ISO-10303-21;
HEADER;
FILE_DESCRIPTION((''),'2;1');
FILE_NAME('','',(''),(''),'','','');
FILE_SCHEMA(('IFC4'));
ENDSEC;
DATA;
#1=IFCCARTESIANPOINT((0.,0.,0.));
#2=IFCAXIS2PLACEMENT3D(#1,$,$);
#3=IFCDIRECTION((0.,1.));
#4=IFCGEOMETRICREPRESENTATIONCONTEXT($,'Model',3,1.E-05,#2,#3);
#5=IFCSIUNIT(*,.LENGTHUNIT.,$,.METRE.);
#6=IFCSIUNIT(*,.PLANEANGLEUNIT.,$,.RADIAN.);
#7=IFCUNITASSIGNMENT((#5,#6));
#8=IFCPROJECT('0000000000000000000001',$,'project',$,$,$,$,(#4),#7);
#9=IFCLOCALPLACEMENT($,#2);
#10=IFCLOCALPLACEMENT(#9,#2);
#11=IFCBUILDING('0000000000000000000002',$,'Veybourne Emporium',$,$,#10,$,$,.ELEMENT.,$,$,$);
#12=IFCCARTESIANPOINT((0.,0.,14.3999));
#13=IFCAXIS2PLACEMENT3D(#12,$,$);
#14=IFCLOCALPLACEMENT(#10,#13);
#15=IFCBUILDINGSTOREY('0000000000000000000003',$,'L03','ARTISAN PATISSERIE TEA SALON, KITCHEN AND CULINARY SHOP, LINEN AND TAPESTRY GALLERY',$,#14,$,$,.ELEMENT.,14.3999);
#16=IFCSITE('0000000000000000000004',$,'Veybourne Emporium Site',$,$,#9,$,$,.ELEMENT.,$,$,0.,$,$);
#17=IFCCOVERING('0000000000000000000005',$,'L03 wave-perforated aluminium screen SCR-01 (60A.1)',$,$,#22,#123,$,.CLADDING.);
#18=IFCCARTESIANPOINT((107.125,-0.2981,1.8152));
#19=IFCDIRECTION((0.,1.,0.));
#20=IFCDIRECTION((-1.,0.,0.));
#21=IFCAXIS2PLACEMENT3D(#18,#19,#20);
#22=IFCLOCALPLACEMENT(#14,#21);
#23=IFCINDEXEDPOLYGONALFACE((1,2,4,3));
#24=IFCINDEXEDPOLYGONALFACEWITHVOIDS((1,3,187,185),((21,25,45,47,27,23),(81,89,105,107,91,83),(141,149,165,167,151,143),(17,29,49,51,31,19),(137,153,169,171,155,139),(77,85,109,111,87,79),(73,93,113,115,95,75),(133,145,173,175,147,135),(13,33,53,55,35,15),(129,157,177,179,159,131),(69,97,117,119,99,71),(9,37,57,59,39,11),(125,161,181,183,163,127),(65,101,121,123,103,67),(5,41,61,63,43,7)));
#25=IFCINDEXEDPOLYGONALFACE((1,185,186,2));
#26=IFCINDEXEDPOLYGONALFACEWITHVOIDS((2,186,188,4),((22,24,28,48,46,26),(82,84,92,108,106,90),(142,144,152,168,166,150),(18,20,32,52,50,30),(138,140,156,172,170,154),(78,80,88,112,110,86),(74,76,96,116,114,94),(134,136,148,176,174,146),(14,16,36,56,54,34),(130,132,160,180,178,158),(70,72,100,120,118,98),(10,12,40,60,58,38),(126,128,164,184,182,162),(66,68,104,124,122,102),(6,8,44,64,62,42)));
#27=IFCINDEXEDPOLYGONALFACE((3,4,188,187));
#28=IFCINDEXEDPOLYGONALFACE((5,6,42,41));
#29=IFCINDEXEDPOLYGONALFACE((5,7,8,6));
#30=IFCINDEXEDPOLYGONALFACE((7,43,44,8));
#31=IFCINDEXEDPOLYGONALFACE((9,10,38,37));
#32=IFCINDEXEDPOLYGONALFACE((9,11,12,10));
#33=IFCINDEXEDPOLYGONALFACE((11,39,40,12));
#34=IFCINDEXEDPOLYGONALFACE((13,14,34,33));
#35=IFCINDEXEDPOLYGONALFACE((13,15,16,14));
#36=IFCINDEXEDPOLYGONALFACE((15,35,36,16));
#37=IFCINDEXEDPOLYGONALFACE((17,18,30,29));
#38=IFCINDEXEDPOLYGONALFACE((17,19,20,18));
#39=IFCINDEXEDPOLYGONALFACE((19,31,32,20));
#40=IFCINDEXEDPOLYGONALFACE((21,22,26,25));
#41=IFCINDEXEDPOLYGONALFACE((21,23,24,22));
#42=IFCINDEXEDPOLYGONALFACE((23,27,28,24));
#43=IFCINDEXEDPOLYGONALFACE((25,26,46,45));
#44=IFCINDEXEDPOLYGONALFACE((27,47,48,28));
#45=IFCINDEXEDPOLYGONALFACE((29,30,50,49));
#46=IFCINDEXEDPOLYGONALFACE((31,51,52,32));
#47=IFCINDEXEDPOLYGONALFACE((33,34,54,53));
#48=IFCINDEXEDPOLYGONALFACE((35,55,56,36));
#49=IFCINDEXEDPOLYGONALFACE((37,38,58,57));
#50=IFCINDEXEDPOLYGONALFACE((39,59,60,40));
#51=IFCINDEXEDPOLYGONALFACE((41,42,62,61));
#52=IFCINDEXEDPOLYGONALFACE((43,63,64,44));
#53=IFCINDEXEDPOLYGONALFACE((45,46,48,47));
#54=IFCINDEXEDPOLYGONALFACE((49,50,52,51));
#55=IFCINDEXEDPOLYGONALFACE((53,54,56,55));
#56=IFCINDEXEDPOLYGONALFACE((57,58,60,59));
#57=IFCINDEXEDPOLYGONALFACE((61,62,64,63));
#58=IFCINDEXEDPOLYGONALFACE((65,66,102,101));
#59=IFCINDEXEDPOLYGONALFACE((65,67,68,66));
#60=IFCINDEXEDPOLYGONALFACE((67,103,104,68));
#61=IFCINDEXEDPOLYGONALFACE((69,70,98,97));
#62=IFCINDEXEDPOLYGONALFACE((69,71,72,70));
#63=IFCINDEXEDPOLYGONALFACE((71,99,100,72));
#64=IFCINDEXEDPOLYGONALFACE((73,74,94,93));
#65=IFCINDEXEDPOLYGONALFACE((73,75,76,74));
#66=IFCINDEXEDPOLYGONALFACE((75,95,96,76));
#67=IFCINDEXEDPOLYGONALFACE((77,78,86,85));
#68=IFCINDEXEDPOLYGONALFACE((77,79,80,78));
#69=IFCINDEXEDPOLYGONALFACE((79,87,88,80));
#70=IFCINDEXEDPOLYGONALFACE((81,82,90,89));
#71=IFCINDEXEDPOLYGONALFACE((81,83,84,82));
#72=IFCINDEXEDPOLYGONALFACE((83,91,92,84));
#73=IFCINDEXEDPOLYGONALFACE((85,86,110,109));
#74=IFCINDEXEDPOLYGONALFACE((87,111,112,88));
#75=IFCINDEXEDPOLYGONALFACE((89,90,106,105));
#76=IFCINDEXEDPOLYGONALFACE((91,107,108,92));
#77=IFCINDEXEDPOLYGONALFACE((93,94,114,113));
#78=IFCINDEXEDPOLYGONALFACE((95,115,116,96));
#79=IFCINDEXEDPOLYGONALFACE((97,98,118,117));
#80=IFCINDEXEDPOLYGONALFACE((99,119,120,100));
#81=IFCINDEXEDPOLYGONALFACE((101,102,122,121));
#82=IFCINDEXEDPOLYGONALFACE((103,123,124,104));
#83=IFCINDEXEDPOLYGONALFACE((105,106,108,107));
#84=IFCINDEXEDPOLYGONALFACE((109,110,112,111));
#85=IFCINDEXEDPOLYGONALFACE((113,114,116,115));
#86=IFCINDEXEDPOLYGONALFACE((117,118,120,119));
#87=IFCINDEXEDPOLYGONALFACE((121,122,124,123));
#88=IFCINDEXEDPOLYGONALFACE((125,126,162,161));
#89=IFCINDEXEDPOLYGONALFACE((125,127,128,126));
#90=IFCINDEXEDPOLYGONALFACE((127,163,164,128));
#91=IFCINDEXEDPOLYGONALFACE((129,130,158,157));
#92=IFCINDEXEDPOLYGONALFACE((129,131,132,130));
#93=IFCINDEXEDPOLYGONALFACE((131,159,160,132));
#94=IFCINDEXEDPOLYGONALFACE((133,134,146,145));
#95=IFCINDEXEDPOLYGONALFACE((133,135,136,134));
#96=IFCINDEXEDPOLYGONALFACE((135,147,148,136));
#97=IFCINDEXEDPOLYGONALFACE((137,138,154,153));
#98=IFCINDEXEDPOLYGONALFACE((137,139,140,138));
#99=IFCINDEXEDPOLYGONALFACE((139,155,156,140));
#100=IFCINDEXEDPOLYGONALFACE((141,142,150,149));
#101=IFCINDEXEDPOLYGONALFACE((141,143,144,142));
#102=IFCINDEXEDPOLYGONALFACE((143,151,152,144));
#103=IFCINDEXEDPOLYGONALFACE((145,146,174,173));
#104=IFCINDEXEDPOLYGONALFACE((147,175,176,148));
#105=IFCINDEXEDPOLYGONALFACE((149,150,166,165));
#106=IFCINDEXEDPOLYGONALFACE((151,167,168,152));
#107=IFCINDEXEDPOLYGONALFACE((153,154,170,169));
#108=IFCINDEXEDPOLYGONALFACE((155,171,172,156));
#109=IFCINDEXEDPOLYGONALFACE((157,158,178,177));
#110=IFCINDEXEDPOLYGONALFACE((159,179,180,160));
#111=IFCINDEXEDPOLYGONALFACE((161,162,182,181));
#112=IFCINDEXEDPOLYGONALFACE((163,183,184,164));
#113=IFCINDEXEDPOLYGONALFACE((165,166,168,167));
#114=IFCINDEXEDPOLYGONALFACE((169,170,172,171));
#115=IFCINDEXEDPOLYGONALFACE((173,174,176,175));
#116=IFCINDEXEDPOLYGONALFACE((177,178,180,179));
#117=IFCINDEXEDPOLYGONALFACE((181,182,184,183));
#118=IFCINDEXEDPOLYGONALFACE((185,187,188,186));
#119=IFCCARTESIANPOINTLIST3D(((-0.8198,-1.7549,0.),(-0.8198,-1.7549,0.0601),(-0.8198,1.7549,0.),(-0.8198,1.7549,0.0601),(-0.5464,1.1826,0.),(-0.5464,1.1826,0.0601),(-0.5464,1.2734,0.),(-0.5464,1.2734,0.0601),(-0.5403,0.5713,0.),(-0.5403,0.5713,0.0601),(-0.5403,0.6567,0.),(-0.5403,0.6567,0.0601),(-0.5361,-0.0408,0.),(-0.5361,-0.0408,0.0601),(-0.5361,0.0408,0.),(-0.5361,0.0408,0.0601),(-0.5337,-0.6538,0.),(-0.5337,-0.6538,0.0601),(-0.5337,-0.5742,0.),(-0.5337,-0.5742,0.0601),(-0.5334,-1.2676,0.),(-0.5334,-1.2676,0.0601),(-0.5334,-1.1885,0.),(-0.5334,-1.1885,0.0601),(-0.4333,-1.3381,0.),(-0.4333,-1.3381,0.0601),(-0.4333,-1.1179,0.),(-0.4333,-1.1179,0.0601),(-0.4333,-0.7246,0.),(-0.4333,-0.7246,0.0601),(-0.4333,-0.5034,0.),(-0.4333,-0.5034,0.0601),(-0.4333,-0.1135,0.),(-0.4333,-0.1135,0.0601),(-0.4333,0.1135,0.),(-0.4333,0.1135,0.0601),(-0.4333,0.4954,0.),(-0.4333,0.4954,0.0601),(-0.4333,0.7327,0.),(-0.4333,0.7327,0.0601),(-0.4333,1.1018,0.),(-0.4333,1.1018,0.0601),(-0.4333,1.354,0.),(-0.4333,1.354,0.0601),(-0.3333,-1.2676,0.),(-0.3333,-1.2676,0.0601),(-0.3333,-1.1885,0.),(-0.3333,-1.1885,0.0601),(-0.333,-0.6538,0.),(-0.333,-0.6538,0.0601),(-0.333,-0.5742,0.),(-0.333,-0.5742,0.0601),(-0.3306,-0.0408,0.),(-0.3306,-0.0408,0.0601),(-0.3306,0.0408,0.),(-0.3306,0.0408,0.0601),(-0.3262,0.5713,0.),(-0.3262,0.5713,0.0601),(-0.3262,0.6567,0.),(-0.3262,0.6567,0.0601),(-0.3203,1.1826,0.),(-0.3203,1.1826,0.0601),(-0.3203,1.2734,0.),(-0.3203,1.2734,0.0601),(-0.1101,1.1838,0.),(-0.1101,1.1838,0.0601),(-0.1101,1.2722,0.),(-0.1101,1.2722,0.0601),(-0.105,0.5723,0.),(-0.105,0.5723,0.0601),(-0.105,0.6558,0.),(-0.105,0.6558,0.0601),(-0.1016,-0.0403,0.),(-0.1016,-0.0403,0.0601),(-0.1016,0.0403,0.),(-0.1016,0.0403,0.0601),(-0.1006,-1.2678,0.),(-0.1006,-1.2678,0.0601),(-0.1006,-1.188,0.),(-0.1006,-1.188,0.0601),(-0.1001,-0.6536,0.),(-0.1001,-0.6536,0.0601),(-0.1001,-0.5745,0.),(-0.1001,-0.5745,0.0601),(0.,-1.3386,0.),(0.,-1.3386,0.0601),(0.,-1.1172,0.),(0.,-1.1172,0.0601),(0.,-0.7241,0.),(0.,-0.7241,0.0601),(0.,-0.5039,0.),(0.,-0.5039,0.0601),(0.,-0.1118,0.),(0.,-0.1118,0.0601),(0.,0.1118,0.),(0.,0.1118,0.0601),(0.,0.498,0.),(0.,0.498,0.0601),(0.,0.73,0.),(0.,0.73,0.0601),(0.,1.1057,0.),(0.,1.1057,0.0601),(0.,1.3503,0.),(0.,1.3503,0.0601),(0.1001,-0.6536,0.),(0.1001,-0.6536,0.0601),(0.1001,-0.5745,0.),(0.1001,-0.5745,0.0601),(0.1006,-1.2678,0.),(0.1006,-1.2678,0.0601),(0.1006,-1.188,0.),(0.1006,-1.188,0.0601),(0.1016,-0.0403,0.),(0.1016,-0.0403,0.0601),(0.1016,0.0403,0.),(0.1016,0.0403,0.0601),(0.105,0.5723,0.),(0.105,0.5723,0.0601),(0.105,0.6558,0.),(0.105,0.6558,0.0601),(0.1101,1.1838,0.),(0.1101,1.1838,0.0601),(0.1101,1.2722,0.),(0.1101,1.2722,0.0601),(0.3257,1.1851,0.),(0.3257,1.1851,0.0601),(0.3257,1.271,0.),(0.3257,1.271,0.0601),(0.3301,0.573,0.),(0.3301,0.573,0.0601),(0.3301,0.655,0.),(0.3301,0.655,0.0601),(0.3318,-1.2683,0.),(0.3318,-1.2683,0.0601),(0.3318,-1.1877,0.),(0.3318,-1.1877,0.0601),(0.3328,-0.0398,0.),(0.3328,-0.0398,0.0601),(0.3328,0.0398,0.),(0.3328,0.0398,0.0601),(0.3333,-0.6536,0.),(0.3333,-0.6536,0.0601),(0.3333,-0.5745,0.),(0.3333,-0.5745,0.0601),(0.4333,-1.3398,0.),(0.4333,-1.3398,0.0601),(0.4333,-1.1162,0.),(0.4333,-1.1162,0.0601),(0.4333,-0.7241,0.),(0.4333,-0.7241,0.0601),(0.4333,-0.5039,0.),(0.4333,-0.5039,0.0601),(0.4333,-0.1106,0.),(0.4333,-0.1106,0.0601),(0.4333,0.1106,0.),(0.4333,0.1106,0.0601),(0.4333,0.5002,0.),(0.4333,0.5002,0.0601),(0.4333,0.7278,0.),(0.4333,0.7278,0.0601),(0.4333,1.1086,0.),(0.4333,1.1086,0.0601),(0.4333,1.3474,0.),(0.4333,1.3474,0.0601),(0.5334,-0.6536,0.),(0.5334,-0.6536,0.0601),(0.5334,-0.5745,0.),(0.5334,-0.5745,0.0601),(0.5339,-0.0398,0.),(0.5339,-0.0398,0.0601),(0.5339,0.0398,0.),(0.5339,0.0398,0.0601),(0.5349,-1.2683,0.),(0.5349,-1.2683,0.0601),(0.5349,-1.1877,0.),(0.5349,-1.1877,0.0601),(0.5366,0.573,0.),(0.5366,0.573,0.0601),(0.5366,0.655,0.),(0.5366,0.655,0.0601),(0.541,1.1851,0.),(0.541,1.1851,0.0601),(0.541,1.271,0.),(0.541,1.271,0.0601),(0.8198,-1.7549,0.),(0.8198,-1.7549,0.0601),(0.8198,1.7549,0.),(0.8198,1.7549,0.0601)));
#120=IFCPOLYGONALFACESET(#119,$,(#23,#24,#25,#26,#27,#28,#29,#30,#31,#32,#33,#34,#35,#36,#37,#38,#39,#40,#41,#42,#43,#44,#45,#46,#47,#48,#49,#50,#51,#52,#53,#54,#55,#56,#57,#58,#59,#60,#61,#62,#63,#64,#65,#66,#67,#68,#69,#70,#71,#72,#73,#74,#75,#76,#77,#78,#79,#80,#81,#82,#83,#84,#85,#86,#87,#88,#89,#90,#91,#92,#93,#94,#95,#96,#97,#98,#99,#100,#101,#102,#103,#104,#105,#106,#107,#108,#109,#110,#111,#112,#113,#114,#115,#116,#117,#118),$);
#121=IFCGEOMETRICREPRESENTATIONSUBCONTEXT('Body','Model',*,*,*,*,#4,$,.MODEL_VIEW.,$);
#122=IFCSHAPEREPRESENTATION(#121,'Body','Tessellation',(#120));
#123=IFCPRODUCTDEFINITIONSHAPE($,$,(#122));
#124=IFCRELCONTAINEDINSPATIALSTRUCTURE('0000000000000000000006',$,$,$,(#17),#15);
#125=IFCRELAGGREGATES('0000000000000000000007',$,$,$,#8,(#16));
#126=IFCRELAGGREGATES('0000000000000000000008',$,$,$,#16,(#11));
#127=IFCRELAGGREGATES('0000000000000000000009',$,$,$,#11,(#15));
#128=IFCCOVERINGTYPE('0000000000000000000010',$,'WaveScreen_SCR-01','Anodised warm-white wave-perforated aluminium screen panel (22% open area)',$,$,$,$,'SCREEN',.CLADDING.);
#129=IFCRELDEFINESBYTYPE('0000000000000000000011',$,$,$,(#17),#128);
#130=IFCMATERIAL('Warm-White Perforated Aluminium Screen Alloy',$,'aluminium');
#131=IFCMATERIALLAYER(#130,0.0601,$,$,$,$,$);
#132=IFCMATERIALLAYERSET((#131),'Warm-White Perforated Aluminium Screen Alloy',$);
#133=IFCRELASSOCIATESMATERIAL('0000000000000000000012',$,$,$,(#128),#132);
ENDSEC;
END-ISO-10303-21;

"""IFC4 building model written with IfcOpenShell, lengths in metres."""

from ifc_helpers import new_model, si_unit, direction, frame, origin, place, context, subcontext, project, spatial, polyline, outline, extrude, material, layer, layer_set, type_object, element, save


model = new_model("IFC4")

# Units and contexts
model_context = context("Model", 3, precision=1e-05, world=origin(), true_north=direction((0.0, 1.0)))
body_context = subcontext(model_context, "Body", "Model", "MODEL_VIEW")
ifc_project = project(units=[si_unit("LENGTHUNIT", "METRE"), si_unit("PLANEANGLEUNIT", "RADIAN")], contexts=[model_context])

# Site, building, storey
site_placement = place(None, origin())
site = spatial("IfcSite", under=ifc_project, at=site_placement, Name="Veybourne Emporium Site", CompositionType="ELEMENT", RefElevation=0.0)
building_placement = place(site_placement, origin())
building = spatial("IfcBuilding", under=site, at=building_placement, Name="Veybourne Emporium", CompositionType="ELEMENT")
storey_placement = place(building_placement, frame((0.0, 0.0, 14.3999)))
storey = spatial("IfcBuildingStorey", under=building, at=storey_placement, Name="L03", Description="ARTISAN PATISSERIE TEA SALON, KITCHEN AND CULINARY SHOP, LINEN AND TAPESTRY GALLERY", CompositionType="ELEMENT", Elevation=14.3999)

# Covering
ifc_material_1 = material(Name="Warm-White Perforated Aluminium Screen Alloy", Category="aluminium")
ifc_layer_1 = layer(ifc_material_1, 0.0601)
ifc_layer_set_1 = layer_set([ifc_layer_1], Name="Warm-White Perforated Aluminium Screen Alloy")
covering_type_1 = type_object("IfcCoveringType", Name="WaveScreen_SCR-01", Description="Anodised warm-white wave-perforated aluminium screen panel (22% open area)", ElementType="SCREEN", PredefinedType="CLADDING", material=ifc_layer_set_1)
covering_1_placement = place(storey_placement, frame((107.125, -0.2981, 1.8152), z_axis=(0.0, 1.0, 0.0), x_axis=(-1.0, 0.0, 0.0)))
element("IfcCovering", 1, at=covering_1_placement, inside=storey, type_object=covering_type_1, Name="L03 wave-perforated aluminium screen SCR-01 (60A.1)", PredefinedType="CLADDING", context=body_context, shape_type="SweptSolid", body=[
    extrude(outline(polyline([(-0.8198, -1.7549), (0.8198, -1.7549), (0.8198, 1.7549), (-0.8198, 1.7549), (-0.8198, -1.7549)]), holes=[polyline([(-0.4333, -1.1179), (-0.3333, -1.1885), (-0.3333, -1.2676), (-0.4333, -1.3381), (-0.5334, -1.2676), (-0.5334, -1.1885), (-0.4333, -1.1179)]), polyline([(-0.4333, -0.5034), (-0.333, -0.5742), (-0.333, -0.6538), (-0.4333, -0.7246), (-0.5337, -0.6538), (-0.5337, -0.5742), (-0.4333, -0.5034)]), polyline([(-0.4333, 0.1135), (-0.3306, 0.0408), (-0.3306, -0.0408), (-0.4333, -0.1135), (-0.5361, -0.0408), (-0.5361, 0.0408), (-0.4333, 0.1135)]), polyline([(-0.4333, 0.7327), (-0.3262, 0.6567), (-0.3262, 0.5713), (-0.4333, 0.4954), (-0.5403, 0.5713), (-0.5403, 0.6567), (-0.4333, 0.7327)]), polyline([(-0.4333, 1.354), (-0.3203, 1.2734), (-0.3203, 1.1826), (-0.4333, 1.1018), (-0.5464, 1.1826), (-0.5464, 1.2734), (-0.4333, 1.354)]), polyline([(0.0, -1.1172), (0.1006, -1.188), (0.1006, -1.2678), (0.0, -1.3386), (-0.1006, -1.2678), (-0.1006, -1.188), (0.0, -1.1172)]), polyline([(0.0, -0.5039), (0.1001, -0.5745), (0.1001, -0.6536), (0.0, -0.7241), (-0.1001, -0.6536), (-0.1001, -0.5745), (0.0, -0.5039)]), polyline([(0.0, 0.1118), (0.1016, 0.0403), (0.1016, -0.0403), (0.0, -0.1118), (-0.1016, -0.0403), (-0.1016, 0.0403), (0.0, 0.1118)]), polyline([(0.0, 0.73), (0.105, 0.6558), (0.105, 0.5723), (0.0, 0.498), (-0.105, 0.5723), (-0.105, 0.6558), (0.0, 0.73)]), polyline([(0.0, 1.3503), (0.1101, 1.2722), (0.1101, 1.1838), (0.0, 1.1057), (-0.1101, 1.1838), (-0.1101, 1.2722), (0.0, 1.3503)]), polyline([(0.4333, -1.1162), (0.5349, -1.1877), (0.5349, -1.2683), (0.4333, -1.3398), (0.3318, -1.2683), (0.3318, -1.1877), (0.4333, -1.1162)]), polyline([(0.4333, -0.5039), (0.5334, -0.5745), (0.5334, -0.6536), (0.4333, -0.7241), (0.3333, -0.6536), (0.3333, -0.5745), (0.4333, -0.5039)]), polyline([(0.4333, 0.1106), (0.5339, 0.0398), (0.5339, -0.0398), (0.4333, -0.1106), (0.3328, -0.0398), (0.3328, 0.0398), (0.4333, 0.1106)]), polyline([(0.4333, 0.7278), (0.5366, 0.655), (0.5366, 0.573), (0.4333, 0.5002), (0.3301, 0.573), (0.3301, 0.655), (0.4333, 0.7278)]), polyline([(0.4333, 1.3474), (0.541, 1.271), (0.541, 1.1851), (0.4333, 1.1086), (0.3257, 1.1851), (0.3257, 1.271), (0.4333, 1.3474)])]), origin(), (0.0, 0.0, 1.0), 0.0601),
])

save(model, "model.ifc")
